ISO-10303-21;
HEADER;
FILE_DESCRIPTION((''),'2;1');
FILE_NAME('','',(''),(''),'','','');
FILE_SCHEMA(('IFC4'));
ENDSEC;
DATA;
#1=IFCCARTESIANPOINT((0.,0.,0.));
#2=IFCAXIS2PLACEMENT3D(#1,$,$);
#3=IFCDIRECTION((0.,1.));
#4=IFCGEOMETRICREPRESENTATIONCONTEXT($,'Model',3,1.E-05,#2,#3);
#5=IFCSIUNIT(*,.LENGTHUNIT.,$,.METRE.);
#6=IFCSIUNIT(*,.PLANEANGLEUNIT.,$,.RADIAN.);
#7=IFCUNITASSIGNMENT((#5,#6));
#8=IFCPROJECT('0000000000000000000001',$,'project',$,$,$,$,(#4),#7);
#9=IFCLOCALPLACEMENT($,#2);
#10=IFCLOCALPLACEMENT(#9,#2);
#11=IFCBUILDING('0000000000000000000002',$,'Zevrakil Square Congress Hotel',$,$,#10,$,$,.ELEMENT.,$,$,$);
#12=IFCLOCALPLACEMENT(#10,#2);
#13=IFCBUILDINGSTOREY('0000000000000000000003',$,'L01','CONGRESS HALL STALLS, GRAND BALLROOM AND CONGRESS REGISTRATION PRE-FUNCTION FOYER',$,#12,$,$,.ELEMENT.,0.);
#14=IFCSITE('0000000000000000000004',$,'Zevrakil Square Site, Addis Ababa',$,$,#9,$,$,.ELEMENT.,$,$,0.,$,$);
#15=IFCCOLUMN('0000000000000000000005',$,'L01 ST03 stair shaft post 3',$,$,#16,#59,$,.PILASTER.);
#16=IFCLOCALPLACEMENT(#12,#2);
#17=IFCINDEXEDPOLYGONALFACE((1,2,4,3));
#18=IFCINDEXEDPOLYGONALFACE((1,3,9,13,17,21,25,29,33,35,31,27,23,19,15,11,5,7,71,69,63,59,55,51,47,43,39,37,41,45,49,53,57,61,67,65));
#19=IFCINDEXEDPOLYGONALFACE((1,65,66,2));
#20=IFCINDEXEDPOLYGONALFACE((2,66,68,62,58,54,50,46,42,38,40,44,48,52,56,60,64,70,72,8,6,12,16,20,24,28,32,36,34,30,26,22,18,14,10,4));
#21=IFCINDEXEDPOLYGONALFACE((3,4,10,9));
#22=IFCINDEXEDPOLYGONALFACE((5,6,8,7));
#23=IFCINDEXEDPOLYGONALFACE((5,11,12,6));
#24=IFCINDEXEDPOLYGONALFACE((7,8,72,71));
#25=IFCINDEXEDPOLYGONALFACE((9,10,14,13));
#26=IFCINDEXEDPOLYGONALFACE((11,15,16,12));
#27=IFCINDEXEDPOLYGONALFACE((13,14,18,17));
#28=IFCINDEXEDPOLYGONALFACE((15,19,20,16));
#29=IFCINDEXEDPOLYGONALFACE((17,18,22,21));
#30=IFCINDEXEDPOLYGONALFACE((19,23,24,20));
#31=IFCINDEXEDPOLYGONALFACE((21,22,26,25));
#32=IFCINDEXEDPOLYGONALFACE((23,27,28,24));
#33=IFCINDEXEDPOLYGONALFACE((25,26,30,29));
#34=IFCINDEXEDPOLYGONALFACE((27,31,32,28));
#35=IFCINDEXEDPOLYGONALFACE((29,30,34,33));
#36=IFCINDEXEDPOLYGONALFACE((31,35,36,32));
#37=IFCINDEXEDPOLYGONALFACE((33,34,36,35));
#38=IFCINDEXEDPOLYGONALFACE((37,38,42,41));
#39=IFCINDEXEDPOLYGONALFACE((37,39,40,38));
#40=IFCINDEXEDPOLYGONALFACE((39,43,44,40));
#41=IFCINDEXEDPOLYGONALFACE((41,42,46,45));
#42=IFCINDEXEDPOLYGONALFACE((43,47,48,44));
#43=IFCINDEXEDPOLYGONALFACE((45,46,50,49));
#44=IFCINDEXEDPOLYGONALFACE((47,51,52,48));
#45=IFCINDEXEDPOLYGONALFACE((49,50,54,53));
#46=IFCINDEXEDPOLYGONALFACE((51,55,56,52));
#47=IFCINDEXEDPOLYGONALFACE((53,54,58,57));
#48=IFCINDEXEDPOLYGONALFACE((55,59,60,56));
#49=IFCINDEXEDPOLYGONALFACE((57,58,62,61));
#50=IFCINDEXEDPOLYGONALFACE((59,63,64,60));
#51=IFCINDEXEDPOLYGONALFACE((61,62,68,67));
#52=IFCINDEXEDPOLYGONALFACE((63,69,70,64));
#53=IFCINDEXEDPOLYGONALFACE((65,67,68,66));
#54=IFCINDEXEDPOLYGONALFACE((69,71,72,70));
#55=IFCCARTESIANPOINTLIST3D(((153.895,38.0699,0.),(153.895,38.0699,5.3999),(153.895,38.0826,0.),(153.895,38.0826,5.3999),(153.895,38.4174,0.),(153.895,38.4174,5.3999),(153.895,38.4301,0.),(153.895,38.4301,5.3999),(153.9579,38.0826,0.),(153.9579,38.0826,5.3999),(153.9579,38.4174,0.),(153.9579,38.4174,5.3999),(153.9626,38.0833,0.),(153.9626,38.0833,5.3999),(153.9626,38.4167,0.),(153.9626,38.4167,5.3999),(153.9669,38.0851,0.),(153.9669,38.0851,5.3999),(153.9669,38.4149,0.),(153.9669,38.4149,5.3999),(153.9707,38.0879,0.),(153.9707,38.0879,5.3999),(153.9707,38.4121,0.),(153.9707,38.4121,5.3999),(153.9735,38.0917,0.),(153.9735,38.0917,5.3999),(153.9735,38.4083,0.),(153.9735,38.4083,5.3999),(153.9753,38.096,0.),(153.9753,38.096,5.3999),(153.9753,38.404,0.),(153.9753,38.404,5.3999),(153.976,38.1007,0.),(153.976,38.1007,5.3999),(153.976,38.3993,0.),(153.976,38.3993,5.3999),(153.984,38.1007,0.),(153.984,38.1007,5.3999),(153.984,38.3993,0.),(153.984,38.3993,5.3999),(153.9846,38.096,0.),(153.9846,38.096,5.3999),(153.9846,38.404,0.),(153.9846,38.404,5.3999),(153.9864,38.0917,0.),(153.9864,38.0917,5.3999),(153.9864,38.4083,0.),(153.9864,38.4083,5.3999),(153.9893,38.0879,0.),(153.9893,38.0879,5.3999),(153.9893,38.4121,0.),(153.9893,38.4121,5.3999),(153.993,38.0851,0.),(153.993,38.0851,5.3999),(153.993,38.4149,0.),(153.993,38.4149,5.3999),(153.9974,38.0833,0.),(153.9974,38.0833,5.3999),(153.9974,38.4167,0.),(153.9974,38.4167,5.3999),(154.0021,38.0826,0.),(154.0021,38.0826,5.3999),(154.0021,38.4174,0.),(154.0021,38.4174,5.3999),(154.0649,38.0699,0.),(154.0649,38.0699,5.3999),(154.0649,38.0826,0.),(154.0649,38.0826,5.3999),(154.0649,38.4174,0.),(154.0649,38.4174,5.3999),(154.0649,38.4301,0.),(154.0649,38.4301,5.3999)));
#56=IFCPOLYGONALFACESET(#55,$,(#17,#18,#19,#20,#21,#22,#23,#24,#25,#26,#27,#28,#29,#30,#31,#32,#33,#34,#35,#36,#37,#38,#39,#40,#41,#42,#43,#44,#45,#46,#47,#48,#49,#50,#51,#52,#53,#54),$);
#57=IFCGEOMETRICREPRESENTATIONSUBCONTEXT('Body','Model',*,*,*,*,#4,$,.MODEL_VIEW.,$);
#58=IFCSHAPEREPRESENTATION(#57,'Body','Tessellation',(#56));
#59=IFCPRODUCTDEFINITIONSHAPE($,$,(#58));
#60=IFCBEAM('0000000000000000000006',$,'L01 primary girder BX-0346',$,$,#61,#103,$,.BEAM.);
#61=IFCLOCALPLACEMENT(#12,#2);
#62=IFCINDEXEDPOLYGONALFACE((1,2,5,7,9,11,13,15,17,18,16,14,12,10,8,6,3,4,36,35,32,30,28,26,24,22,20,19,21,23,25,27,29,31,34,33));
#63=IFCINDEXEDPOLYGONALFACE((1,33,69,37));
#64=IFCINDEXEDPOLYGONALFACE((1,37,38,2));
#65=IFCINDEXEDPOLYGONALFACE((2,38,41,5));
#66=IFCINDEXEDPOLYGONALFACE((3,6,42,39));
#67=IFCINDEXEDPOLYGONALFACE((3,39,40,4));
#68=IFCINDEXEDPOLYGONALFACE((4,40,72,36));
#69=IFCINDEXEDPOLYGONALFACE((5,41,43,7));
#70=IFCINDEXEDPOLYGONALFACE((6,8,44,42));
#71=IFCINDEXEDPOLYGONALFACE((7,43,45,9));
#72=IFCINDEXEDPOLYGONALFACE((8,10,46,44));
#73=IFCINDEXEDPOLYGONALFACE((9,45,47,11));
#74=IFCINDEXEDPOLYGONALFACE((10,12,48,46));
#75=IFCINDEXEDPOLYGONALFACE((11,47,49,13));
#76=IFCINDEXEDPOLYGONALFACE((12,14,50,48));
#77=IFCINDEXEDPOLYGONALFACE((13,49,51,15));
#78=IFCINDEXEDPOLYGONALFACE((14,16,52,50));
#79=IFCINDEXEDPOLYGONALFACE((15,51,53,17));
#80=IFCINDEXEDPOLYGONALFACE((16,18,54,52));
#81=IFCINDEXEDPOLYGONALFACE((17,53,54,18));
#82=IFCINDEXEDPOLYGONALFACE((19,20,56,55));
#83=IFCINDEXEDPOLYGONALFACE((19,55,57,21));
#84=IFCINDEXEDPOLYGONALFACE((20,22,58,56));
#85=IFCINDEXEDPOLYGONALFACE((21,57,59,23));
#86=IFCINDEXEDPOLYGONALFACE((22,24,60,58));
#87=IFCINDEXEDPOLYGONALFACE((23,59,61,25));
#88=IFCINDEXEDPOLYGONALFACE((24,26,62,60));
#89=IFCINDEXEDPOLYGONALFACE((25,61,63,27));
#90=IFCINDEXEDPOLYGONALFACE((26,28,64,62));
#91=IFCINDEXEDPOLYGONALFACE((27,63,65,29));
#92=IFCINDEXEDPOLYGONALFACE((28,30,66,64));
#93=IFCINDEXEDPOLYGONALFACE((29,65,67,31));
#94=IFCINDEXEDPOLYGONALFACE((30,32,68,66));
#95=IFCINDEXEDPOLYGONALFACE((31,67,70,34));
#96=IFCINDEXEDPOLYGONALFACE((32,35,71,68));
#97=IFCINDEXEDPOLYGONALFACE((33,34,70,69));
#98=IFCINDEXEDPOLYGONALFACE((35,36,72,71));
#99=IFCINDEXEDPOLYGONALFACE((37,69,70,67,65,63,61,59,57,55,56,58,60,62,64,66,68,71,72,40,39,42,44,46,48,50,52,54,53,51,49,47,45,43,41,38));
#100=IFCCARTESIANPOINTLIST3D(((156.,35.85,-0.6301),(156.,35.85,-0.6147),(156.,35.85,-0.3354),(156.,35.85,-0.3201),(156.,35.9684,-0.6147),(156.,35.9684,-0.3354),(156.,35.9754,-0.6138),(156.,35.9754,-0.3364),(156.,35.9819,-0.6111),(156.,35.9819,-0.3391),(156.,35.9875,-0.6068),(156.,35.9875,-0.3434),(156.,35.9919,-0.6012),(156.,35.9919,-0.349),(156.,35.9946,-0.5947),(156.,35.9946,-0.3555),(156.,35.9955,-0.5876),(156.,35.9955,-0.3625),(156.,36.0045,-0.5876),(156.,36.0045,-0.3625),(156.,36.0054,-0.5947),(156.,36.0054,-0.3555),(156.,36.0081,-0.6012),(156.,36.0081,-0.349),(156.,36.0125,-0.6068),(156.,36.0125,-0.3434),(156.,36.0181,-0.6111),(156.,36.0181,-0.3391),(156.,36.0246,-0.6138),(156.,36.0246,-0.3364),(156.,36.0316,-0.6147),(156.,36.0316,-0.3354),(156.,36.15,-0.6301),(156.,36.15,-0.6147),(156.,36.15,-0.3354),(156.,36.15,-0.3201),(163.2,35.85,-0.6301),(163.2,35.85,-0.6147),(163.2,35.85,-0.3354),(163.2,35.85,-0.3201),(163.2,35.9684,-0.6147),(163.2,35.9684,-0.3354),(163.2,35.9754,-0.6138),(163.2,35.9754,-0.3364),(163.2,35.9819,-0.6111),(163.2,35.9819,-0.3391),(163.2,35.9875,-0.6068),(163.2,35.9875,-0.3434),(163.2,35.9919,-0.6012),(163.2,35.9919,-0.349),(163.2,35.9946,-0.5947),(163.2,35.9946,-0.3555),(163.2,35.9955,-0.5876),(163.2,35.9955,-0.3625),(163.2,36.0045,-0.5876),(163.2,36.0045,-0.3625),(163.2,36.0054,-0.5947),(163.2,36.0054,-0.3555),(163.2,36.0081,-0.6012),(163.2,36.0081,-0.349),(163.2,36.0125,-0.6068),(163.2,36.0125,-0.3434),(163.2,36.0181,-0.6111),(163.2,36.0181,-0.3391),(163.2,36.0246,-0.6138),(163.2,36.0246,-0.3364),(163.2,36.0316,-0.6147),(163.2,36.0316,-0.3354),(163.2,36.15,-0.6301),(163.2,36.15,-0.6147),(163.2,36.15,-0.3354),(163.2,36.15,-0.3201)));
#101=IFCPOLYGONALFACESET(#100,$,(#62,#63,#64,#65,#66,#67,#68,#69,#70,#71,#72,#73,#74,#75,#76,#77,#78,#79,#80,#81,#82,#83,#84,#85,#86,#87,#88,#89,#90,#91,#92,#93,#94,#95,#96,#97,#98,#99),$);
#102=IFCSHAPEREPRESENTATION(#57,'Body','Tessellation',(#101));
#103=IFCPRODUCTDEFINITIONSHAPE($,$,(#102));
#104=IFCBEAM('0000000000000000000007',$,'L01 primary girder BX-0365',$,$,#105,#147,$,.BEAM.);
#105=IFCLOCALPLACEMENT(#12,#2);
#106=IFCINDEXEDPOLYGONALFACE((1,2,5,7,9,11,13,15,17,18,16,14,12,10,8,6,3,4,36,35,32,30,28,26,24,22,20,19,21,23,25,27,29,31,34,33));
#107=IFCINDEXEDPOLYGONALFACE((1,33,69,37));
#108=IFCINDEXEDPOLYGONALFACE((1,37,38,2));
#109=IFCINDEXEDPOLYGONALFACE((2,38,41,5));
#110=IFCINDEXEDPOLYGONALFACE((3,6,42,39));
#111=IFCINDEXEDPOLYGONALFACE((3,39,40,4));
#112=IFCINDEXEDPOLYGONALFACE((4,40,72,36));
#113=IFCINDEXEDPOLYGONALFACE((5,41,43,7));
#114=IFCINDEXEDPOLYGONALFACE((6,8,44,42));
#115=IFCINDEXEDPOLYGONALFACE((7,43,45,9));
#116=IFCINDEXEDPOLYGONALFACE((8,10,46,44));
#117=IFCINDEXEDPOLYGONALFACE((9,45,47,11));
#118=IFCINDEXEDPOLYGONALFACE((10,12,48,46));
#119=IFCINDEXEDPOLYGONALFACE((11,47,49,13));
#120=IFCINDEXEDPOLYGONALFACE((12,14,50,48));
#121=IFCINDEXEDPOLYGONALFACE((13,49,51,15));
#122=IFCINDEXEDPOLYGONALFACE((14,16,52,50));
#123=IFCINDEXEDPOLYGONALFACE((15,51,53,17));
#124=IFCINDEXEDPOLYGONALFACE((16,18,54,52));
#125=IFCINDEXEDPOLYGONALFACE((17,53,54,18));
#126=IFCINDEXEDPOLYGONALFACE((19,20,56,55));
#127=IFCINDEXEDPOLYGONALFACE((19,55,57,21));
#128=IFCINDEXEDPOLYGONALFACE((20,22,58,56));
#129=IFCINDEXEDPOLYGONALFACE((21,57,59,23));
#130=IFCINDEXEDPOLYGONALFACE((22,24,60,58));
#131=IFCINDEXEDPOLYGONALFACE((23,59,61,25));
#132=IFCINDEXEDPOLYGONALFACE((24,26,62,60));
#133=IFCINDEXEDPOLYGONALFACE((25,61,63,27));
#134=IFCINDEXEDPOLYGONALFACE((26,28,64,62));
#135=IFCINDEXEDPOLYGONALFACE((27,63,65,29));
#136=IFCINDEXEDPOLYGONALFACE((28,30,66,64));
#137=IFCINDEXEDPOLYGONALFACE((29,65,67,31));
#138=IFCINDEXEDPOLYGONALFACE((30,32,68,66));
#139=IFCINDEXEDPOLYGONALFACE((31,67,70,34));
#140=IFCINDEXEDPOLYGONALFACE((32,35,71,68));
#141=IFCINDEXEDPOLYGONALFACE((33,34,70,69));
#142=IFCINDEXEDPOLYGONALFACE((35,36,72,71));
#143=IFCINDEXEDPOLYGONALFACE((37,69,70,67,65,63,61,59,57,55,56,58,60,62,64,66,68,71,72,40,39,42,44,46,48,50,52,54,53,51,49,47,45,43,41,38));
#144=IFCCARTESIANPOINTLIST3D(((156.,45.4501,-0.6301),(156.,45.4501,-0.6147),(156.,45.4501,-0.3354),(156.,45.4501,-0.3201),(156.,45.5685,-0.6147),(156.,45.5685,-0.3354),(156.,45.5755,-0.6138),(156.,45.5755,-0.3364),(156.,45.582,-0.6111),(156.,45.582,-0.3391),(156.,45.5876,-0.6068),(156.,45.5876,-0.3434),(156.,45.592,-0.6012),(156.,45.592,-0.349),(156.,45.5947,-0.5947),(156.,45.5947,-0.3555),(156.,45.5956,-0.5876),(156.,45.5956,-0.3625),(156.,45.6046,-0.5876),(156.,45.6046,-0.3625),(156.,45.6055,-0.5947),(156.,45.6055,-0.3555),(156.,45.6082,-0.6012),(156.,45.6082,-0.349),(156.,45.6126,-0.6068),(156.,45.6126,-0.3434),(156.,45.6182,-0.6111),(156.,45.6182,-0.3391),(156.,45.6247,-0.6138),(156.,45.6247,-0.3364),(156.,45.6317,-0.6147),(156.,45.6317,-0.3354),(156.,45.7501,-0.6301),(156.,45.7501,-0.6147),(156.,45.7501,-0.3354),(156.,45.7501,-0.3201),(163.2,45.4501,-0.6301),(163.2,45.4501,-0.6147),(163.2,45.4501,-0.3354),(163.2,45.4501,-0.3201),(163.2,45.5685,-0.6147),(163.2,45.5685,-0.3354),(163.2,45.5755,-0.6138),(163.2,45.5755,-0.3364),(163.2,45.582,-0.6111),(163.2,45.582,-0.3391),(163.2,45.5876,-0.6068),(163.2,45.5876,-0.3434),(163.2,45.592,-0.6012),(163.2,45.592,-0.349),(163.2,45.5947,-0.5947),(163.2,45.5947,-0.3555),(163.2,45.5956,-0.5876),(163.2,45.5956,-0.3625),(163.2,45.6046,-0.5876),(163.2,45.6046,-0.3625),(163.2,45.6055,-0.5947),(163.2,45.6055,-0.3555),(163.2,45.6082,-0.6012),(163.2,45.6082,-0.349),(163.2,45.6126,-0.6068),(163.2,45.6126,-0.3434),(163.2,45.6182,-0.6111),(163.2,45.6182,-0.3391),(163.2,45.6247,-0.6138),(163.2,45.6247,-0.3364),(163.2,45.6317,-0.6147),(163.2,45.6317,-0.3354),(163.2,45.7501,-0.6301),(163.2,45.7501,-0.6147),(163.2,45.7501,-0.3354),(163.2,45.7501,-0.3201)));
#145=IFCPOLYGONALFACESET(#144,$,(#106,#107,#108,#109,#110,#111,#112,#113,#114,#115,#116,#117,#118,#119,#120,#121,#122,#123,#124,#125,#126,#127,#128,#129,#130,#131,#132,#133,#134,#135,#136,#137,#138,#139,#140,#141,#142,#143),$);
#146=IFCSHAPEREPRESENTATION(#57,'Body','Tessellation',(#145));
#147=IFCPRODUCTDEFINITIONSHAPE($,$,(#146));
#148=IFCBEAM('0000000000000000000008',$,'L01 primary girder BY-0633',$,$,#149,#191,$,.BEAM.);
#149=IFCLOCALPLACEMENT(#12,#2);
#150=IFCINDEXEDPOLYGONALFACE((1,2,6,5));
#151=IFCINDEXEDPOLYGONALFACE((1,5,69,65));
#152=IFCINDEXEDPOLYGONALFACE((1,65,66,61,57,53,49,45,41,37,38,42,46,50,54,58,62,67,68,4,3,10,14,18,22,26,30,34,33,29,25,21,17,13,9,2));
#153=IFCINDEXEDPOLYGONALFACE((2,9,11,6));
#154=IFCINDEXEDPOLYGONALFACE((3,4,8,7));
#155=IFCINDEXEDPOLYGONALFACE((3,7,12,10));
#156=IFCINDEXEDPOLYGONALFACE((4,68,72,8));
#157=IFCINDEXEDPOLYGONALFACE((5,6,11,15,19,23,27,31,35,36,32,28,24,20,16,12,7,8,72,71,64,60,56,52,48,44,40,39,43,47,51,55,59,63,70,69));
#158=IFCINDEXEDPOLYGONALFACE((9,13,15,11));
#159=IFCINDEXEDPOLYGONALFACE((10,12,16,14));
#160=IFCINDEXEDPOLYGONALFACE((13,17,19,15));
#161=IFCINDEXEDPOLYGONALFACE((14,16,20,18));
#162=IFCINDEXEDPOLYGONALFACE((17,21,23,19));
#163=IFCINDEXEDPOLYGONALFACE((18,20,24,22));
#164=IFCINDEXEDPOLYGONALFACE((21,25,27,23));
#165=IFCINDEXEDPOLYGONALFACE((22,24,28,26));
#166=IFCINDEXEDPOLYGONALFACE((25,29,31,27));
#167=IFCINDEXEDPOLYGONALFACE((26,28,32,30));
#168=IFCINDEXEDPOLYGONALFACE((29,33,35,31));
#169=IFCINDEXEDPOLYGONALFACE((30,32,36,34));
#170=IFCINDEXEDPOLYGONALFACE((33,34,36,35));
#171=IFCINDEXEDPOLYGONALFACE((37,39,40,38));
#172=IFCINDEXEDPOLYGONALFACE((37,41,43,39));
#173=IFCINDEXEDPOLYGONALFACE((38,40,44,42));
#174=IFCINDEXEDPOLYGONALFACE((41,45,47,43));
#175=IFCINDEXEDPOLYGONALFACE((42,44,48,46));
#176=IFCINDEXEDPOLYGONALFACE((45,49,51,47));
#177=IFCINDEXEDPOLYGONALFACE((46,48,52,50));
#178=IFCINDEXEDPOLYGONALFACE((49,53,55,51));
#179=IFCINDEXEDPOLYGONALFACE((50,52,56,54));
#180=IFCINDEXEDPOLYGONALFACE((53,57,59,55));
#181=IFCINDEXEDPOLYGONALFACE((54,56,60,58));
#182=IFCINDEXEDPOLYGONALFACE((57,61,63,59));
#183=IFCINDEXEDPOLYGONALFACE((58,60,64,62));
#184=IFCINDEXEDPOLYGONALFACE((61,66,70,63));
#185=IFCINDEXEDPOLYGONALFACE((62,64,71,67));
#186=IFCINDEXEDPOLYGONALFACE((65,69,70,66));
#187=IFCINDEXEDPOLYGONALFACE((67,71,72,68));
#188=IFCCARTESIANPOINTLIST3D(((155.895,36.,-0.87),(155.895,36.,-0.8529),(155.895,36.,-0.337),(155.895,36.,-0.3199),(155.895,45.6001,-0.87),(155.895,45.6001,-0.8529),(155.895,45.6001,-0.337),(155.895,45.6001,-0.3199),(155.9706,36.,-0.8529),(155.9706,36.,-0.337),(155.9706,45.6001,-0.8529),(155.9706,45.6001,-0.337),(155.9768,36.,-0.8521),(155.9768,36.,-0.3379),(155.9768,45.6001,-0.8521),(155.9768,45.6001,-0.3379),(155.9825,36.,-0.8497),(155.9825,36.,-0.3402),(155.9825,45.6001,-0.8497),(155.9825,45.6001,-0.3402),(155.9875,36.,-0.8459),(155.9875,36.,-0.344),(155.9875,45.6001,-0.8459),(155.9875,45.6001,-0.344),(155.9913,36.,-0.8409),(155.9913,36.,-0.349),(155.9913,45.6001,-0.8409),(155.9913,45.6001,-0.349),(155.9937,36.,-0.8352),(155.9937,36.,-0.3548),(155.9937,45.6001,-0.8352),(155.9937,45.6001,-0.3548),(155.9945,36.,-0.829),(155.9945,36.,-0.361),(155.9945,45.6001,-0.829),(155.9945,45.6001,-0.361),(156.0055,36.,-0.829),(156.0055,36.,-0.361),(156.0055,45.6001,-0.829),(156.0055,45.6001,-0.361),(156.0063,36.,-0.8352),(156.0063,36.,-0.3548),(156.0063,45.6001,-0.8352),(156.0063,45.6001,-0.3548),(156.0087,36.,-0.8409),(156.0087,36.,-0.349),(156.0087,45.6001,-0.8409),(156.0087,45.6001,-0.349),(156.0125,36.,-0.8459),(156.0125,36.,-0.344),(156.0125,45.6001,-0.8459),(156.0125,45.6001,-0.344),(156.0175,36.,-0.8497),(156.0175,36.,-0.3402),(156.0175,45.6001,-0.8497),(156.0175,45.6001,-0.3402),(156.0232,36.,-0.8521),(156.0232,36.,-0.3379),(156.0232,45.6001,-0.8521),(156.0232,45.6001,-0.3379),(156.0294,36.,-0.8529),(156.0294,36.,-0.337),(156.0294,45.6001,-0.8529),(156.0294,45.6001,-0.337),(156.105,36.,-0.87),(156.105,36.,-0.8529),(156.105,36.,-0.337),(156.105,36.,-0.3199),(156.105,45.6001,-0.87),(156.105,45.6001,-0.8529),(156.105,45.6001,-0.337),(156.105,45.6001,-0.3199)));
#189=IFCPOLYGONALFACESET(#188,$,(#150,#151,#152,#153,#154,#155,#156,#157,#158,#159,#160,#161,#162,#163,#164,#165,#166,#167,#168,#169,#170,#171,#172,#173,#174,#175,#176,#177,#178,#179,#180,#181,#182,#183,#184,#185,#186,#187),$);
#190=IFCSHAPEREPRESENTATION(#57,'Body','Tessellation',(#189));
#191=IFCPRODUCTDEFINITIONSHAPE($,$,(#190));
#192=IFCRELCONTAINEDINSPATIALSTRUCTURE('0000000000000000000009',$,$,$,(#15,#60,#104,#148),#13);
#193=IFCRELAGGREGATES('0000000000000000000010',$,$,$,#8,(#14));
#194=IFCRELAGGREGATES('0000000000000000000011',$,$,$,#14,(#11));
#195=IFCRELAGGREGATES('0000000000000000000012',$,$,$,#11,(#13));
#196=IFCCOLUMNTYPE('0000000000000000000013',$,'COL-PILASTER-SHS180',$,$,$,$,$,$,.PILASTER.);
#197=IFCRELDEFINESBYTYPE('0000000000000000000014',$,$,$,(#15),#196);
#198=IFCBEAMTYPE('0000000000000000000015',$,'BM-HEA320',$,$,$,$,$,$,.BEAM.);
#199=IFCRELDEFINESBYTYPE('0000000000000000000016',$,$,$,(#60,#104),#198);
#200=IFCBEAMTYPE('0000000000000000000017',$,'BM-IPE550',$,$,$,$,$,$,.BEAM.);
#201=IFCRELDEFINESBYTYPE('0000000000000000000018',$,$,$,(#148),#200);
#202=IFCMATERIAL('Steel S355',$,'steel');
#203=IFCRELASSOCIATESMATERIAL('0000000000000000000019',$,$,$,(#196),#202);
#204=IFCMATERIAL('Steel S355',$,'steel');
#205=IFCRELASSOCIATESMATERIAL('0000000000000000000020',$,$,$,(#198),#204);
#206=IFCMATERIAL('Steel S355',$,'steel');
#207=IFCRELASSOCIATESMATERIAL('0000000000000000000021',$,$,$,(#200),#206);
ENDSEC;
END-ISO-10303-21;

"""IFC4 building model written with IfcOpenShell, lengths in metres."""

from ifc_helpers import new_model, si_unit, direction, frame, origin, origin_2d, place, context, subcontext, project, spatial, i_section, extrude, material, material_profile, profile_set, type_object, element, save


model = new_model("IFC4")

# Units and contexts
model_context = context("Model", 3, precision=1e-05, world=origin(), true_north=direction((0.0, 1.0)))
body_context = subcontext(model_context, "Body", "Model", "MODEL_VIEW")
ifc_project = project(units=[si_unit("LENGTHUNIT", "METRE"), si_unit("PLANEANGLEUNIT", "RADIAN")], contexts=[model_context])

# Site, building, storey
site_placement = place(None, origin())
site = spatial("IfcSite", under=ifc_project, at=site_placement, Name="Zevrakil Square Site, Addis Ababa", CompositionType="ELEMENT", RefElevation=0.0)
building_placement = place(site_placement, origin())
building = spatial("IfcBuilding", under=site, at=building_placement, Name="Zevrakil Square Congress Hotel", CompositionType="ELEMENT")
storey_placement = place(building_placement, origin())
storey = spatial("IfcBuildingStorey", under=building, at=storey_placement, Name="L01", Description="CONGRESS HALL STALLS, GRAND BALLROOM AND CONGRESS REGISTRATION PRE-FUNCTION FOYER", CompositionType="ELEMENT", Elevation=0.0)

# Column
ifc_material_1 = material(Name="Steel S355", Category="steel")
ifc_material_profile_1 = material_profile(ifc_material_1, i_section(OverallWidth=0.1699, OverallDepth=0.3601, WebThickness=0.0081, FlangeThickness=0.0127, FilletRadius=0.0181, at=origin_2d()), Name="IPE 360")
ifc_profile_set_1 = profile_set([ifc_material_profile_1], Name="Steel S355")
column_type_1 = type_object("IfcColumnType", Name="COL-PILASTER-SHS180", PredefinedType="PILASTER", material=ifc_profile_set_1)
for number, where, z_axis, x_axis, name in (
    (1, (153.98, 38.25, 0.0), (0.0, 0.0, 1.0), (1.0, 0.0, 0.0), "L01 ST03 stair shaft post 3"),
):
    element("IfcColumn", number, at=place(storey_placement, frame(where, z_axis=z_axis, x_axis=x_axis)), inside=storey, type_object=column_type_1, Name=name, PredefinedType="PILASTER", context=body_context, shape_type="SweptSolid", body=[
        extrude(i_section(OverallWidth=0.1699, OverallDepth=0.3601, WebThickness=0.0081, FlangeThickness=0.0127, FilletRadius=0.0181, at=origin_2d()), origin(), (0.0, 0.0, 1.0), 5.3999),
    ])

# Beams
ifc_material_2 = material(Name="Steel S355", Category="steel")
ifc_material_profile_2 = material_profile(ifc_material_2, i_section(OverallWidth=0.3, OverallDepth=0.3101, WebThickness=0.009, FlangeThickness=0.0154, FilletRadius=0.0271, at=origin_2d()), Name="HEA 320")
ifc_profile_set_2 = profile_set([ifc_material_profile_2], Name="Steel S355")
beam_type_1 = type_object("IfcBeamType", Name="BM-HEA320", PredefinedType="BEAM", material=ifc_profile_set_2)
for number, where, z_axis, x_axis, name in (
    (2, (156.0, 36.0, -0.4751), (1.0, 0.0, 0.0), (0.0, 1.0, 0.0), "L01 primary girder BX-0346"),
    (3, (156.0, 45.6001, -0.4751), (1.0, 0.0, 0.0), (0.0, 1.0, 0.0), "L01 primary girder BX-0365"),
):
    element("IfcBeam", number, at=place(storey_placement, frame(where, z_axis=z_axis, x_axis=x_axis)), inside=storey, type_object=beam_type_1, Name=name, PredefinedType="BEAM", context=body_context, shape_type="SweptSolid", body=[
        extrude(i_section(OverallWidth=0.3, OverallDepth=0.3101, WebThickness=0.009, FlangeThickness=0.0154, FilletRadius=0.0271, at=origin_2d()), origin(), (0.0, 0.0, 1.0), 7.2),
    ])
ifc_material_3 = material(Name="Steel S355", Category="steel")
ifc_material_profile_3 = material_profile(ifc_material_3, i_section(OverallWidth=0.21, OverallDepth=0.55, WebThickness=0.011, FlangeThickness=0.0171, FilletRadius=0.0239, at=origin_2d()), Name="IPE 550")
ifc_profile_set_3 = profile_set([ifc_material_profile_3], Name="Steel S355")
beam_type_2 = type_object("IfcBeamType", Name="BM-IPE550", PredefinedType="BEAM", material=ifc_profile_set_3)
beam_placement = place(storey_placement, frame((156.0, 36.0, -0.595), z_axis=(0.0, 1.0, 0.0), x_axis=(-1.0, 0.0, 0.0)))
element("IfcBeam", 4, at=beam_placement, inside=storey, type_object=beam_type_2, Name="L01 primary girder BY-0633", PredefinedType="BEAM", context=body_context, shape_type="SweptSolid", body=[
    extrude(i_section(OverallWidth=0.21, OverallDepth=0.55, WebThickness=0.011, FlangeThickness=0.0171, FilletRadius=0.0239, at=origin_2d()), origin(), (0.0, 0.0, 1.0), 9.6001),
])

save(model, "model.ifc")
